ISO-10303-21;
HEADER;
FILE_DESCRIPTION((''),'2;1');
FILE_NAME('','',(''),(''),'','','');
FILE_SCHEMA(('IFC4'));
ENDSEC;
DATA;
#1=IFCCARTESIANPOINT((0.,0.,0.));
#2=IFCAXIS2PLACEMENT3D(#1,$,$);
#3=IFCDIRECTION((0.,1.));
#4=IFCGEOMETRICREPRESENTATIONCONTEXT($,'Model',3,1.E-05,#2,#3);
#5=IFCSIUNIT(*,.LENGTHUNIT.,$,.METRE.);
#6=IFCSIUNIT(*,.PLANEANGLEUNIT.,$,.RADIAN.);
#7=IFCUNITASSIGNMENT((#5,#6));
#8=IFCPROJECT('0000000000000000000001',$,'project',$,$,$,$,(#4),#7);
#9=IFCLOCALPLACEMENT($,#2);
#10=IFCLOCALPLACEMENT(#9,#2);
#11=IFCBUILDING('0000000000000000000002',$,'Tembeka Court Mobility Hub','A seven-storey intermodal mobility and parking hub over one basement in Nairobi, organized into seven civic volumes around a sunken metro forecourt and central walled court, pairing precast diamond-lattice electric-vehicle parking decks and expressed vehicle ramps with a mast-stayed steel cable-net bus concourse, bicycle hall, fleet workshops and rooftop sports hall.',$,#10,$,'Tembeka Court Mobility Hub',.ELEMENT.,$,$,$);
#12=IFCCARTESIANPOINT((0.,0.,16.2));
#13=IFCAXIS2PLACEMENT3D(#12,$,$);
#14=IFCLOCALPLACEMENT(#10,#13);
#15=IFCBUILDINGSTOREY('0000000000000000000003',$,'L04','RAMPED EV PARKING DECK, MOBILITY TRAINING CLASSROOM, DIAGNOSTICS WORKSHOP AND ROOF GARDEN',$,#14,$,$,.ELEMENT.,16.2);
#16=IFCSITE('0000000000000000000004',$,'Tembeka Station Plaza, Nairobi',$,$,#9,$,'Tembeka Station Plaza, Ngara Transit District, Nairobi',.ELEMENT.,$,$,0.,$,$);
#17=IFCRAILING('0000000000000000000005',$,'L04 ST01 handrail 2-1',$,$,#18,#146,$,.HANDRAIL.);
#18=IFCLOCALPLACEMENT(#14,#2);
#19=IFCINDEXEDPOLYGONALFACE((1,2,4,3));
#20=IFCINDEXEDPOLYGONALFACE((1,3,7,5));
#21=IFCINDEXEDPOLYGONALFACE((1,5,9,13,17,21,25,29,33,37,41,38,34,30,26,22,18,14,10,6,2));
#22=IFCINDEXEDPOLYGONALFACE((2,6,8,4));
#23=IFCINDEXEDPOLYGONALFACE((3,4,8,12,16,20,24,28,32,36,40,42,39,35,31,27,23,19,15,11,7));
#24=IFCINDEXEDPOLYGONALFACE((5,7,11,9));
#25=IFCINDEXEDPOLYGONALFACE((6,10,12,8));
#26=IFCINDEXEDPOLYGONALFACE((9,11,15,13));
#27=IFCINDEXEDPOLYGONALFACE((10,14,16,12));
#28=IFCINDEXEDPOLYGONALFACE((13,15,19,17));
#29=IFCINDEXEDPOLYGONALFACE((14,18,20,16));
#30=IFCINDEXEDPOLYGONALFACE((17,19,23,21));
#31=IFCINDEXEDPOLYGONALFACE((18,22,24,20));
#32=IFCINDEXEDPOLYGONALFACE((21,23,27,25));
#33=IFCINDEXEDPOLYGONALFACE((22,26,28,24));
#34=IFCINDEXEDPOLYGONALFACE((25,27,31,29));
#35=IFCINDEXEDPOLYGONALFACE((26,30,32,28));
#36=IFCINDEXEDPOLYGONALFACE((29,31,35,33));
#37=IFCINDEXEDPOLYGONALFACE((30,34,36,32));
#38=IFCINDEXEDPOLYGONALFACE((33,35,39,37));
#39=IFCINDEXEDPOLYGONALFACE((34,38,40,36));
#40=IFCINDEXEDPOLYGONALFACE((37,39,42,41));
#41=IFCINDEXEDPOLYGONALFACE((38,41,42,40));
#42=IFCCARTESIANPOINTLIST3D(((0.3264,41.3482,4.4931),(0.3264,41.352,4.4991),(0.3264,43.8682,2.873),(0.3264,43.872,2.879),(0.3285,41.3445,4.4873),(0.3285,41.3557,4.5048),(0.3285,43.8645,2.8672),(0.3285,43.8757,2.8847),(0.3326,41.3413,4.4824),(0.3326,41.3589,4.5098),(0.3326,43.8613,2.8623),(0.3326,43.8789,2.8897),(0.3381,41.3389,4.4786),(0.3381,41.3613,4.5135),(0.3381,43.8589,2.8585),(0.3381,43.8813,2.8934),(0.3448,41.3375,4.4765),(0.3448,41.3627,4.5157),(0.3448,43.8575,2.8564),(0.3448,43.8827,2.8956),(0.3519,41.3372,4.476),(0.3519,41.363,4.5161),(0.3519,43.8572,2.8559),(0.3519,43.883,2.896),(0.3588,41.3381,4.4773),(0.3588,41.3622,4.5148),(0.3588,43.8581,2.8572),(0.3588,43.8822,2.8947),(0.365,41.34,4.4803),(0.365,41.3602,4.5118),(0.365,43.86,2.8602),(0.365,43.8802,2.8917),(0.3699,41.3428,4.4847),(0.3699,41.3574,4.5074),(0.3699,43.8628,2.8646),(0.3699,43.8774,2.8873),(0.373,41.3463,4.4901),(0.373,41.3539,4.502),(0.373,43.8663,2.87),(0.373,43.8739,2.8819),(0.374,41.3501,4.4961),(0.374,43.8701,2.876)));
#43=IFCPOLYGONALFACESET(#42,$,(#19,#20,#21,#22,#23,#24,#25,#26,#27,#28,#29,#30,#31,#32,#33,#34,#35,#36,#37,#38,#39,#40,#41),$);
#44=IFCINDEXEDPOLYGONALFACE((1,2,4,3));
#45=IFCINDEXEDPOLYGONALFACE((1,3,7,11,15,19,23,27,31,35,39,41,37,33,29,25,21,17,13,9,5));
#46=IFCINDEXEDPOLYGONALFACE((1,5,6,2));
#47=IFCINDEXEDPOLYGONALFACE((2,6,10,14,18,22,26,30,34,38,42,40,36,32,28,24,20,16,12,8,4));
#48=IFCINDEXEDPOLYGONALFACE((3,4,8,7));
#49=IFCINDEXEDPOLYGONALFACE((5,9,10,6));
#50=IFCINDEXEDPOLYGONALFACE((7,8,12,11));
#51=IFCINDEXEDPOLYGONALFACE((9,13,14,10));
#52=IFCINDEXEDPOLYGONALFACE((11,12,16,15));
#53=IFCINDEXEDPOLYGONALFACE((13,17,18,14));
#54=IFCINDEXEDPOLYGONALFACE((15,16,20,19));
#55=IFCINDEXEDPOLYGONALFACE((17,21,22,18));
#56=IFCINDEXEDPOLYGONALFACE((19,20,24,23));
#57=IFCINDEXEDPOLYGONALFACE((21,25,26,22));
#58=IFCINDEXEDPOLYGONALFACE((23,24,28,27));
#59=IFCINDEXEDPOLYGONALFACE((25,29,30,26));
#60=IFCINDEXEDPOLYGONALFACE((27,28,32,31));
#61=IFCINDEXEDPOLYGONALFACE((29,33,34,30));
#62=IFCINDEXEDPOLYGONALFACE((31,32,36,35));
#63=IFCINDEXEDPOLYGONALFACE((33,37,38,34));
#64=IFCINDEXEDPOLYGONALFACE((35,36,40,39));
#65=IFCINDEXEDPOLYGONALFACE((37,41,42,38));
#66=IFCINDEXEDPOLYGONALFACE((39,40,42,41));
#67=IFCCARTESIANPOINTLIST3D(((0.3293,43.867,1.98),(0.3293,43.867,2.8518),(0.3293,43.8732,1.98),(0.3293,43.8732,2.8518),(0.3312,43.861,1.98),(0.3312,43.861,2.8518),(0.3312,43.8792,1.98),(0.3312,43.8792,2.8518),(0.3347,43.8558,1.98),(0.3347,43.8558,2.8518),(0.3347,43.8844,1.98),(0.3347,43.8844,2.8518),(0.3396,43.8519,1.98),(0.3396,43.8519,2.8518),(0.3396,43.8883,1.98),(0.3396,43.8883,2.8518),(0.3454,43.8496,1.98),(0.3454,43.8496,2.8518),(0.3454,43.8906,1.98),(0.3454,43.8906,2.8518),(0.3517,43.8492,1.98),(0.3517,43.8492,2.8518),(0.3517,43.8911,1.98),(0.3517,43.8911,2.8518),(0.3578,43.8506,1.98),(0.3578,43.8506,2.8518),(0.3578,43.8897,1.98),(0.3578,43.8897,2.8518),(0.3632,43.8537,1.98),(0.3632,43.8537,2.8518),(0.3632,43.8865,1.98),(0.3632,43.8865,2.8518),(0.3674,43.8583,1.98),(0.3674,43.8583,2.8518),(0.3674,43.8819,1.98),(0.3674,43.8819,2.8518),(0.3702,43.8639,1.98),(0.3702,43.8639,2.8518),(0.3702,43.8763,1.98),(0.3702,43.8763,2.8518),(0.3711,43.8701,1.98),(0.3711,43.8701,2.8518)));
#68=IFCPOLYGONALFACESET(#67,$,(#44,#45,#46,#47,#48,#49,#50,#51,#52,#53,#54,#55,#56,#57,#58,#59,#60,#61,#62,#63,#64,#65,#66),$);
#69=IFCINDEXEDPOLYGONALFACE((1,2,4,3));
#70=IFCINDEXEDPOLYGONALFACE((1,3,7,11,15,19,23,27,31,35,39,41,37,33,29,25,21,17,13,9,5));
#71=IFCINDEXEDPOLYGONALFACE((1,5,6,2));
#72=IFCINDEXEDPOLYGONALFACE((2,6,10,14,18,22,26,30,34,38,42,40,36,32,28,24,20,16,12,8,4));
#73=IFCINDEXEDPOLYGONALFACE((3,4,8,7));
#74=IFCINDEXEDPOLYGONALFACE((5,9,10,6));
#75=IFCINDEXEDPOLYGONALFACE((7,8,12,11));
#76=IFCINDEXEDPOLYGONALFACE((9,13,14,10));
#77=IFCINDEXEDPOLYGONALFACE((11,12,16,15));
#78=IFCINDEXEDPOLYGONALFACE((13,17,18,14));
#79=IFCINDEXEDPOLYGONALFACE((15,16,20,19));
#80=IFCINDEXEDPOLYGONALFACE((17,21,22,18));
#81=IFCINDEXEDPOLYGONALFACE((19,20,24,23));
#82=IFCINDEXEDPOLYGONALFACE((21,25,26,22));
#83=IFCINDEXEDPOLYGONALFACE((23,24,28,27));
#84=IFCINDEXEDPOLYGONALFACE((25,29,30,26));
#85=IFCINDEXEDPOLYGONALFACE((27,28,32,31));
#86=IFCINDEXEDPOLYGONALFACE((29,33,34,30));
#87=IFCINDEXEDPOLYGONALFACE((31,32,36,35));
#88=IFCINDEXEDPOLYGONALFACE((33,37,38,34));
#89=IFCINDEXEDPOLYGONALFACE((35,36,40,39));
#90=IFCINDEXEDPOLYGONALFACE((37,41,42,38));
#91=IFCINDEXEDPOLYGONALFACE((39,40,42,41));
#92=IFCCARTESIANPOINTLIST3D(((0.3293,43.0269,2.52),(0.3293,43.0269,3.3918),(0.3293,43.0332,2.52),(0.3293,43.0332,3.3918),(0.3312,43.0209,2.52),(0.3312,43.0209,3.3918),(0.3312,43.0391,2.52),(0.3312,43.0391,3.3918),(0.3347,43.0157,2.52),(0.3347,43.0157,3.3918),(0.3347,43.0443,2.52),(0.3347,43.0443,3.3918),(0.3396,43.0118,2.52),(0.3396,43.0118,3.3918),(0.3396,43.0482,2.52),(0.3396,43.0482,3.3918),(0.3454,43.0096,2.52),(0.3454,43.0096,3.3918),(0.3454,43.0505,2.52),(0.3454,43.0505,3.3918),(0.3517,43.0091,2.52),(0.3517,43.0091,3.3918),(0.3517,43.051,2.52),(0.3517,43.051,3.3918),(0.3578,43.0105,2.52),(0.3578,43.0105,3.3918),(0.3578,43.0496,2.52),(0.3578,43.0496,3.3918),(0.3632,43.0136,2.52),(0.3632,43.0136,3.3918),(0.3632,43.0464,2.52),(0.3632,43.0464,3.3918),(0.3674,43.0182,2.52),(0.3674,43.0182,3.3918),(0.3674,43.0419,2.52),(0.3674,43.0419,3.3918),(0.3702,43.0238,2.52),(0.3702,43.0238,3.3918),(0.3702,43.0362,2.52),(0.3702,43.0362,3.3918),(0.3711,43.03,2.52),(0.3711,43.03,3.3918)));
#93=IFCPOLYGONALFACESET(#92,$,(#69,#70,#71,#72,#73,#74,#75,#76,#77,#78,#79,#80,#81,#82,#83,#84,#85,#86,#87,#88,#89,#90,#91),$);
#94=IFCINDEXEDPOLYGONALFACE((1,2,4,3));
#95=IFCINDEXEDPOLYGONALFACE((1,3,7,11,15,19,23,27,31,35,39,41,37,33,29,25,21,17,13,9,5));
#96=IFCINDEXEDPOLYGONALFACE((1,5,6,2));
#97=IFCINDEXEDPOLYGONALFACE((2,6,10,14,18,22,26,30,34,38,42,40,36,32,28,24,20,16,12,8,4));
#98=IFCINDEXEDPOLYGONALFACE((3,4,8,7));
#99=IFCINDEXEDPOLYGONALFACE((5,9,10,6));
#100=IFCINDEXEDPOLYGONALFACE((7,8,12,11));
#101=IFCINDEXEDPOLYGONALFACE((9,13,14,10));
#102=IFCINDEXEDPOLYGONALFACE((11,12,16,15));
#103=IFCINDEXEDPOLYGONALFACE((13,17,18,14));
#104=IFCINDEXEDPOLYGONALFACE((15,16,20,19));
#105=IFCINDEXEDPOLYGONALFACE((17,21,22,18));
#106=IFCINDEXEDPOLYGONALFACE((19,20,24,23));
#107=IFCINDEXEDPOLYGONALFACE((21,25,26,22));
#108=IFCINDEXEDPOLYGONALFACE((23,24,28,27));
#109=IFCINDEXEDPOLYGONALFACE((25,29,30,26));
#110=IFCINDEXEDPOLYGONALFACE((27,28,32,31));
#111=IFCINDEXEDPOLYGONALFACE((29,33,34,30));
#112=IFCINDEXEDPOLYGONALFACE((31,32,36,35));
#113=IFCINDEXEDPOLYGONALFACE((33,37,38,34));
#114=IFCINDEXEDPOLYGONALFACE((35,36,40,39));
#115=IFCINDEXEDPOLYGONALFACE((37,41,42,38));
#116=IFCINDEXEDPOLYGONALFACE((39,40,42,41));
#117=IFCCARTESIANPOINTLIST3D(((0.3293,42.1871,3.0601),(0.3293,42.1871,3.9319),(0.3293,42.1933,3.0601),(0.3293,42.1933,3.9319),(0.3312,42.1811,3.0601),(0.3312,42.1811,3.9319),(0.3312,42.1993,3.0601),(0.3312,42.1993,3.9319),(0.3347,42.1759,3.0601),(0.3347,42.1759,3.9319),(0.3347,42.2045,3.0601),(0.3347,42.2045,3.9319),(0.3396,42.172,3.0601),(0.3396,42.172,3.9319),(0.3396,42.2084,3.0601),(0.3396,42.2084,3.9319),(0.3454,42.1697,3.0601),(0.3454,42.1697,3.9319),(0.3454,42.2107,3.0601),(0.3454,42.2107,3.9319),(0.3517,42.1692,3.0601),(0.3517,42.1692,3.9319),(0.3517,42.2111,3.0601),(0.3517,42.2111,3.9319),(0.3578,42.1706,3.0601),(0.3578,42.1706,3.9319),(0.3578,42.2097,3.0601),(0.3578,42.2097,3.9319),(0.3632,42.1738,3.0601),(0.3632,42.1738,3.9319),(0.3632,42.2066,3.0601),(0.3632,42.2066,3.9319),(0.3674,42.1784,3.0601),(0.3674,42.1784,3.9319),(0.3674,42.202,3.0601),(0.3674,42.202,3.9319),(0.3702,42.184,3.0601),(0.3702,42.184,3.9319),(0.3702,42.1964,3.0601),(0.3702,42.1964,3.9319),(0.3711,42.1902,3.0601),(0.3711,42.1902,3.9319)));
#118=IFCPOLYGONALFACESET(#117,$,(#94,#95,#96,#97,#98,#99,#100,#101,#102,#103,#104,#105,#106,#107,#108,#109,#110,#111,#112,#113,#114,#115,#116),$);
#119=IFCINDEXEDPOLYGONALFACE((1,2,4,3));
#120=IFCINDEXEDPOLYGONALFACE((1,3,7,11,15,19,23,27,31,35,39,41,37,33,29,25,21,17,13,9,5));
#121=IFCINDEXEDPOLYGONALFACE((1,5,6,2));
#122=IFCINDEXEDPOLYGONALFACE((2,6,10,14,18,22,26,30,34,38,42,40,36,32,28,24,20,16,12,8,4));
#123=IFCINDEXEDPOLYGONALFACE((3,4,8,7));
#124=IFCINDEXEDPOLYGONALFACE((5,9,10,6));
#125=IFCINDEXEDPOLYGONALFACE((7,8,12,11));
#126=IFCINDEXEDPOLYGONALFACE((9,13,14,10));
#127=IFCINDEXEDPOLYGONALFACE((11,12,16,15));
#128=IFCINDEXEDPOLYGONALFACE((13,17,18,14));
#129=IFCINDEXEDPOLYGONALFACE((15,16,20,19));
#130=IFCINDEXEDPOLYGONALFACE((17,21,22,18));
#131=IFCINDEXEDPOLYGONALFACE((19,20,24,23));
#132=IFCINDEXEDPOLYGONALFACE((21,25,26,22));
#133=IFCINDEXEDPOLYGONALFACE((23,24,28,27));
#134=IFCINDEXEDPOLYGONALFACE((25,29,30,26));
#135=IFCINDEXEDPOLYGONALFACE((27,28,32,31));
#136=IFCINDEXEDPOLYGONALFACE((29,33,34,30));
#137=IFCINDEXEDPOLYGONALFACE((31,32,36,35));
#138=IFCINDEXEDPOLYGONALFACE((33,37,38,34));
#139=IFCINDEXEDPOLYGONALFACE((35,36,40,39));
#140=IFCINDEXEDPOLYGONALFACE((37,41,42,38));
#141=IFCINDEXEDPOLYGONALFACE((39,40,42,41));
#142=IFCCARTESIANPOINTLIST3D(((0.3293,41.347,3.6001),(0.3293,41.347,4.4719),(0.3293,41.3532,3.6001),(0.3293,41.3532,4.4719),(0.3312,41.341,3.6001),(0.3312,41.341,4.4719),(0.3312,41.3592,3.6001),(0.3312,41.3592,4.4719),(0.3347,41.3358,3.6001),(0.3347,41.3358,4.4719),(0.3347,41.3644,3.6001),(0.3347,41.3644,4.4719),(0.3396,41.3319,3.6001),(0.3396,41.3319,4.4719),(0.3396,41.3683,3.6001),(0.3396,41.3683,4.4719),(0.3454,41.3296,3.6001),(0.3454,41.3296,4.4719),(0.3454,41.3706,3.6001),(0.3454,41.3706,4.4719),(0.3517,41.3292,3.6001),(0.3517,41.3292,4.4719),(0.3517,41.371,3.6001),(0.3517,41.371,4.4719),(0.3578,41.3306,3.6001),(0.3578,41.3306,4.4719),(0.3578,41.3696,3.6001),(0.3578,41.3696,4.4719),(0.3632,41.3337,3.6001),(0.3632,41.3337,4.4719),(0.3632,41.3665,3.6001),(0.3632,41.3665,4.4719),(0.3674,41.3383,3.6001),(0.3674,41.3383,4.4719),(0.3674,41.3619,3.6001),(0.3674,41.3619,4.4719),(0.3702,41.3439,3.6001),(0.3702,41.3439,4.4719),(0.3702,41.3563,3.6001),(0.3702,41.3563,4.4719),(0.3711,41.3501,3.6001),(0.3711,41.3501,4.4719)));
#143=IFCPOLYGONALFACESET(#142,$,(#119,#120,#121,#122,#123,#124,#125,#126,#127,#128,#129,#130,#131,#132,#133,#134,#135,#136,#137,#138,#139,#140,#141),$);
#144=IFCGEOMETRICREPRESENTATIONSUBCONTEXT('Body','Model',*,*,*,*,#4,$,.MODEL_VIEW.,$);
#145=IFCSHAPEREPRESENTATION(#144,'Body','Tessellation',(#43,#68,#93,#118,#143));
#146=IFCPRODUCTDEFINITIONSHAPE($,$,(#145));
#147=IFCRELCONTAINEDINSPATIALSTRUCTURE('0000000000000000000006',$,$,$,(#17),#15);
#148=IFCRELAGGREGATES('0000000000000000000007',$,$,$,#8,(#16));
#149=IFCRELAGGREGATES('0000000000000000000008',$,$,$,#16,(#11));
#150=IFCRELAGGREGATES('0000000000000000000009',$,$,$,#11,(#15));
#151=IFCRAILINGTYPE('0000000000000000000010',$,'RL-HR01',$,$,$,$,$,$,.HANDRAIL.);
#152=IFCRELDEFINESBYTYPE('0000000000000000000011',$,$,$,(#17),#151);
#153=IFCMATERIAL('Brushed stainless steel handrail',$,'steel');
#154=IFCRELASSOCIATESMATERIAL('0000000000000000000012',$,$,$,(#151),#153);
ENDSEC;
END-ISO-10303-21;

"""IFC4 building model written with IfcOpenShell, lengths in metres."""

from ifc_helpers import new_model, si_unit, direction, frame, origin, origin_2d, place, context, subcontext, project, spatial, circle, extrude, material, type_object, element, save


model = new_model("IFC4")

# Units and contexts
model_context = context("Model", 3, precision=1e-05, world=origin(), true_north=direction((0.0, 1.0)))
body_context = subcontext(model_context, "Body", "Model", "MODEL_VIEW")
ifc_project = project(units=[si_unit("LENGTHUNIT", "METRE"), si_unit("PLANEANGLEUNIT", "RADIAN")], contexts=[model_context])

# Site, building, storey
site_placement = place(None, origin())
site = spatial("IfcSite", under=ifc_project, at=site_placement, Name="Tembeka Station Plaza, Nairobi", LongName="Tembeka Station Plaza, Ngara Transit District, Nairobi", CompositionType="ELEMENT", RefElevation=0.0)
building_placement = place(site_placement, origin())
building = spatial("IfcBuilding", under=site, at=building_placement, Name="Tembeka Court Mobility Hub", Description="A seven-storey intermodal mobility and parking hub over one basement in Nairobi, organized into seven civic volumes around a sunken metro forecourt and central walled court, pairing precast diamond-lattice electric-vehicle parking decks and expressed vehicle ramps with a mast-stayed steel cable-net bus concourse, bicycle hall, fleet workshops and rooftop sports hall.", LongName="Tembeka Court Mobility Hub", CompositionType="ELEMENT")
storey_placement = place(building_placement, frame((0.0, 0.0, 16.2)))
storey = spatial("IfcBuildingStorey", under=building, at=storey_placement, Name="L04", Description="RAMPED EV PARKING DECK, MOBILITY TRAINING CLASSROOM, DIAGNOSTICS WORKSHOP AND ROOF GARDEN", CompositionType="ELEMENT", Elevation=16.2)

# Railing
ifc_material_1 = material(Name="Brushed stainless steel handrail", Category="steel")
railing_type_1 = type_object("IfcRailingType", Name="RL-HR01", PredefinedType="HANDRAIL", material=ifc_material_1)
railing_1_placement = place(storey_placement, frame((0.3501, 43.8701, 1.98)))
element("IfcRailing", 1, at=railing_1_placement, inside=storey, type_object=railing_type_1, Name="L04 ST01 handrail 2-1", PredefinedType="HANDRAIL", context=body_context, shape_type="SweptSolid", body=[
    extrude(circle(Radius=0.0239, at=origin_2d()), frame((0.0, 0.0, 0.896), z_axis=(0.0, -0.841163, 0.540782), x_axis=(1.0, 0.0, 0.0)), (0.0, 0.0, 1.0), 2.9958),
    extrude(circle(Radius=0.021, at=origin_2d()), origin(), (0.0, 0.0, 1.0), 0.8718),
    extrude(circle(Radius=0.021, at=origin_2d()), frame((0.0, -0.8401, 0.54)), (0.0, 0.0, 1.0), 0.8718),
    extrude(circle(Radius=0.021, at=origin_2d()), frame((0.0, -1.6799, 1.0801)), (0.0, 0.0, 1.0), 0.8718),
    extrude(circle(Radius=0.021, at=origin_2d()), frame((0.0, -2.52, 1.6201)), (0.0, 0.0, 1.0), 0.8718),
])

save(model, "model.ifc")
